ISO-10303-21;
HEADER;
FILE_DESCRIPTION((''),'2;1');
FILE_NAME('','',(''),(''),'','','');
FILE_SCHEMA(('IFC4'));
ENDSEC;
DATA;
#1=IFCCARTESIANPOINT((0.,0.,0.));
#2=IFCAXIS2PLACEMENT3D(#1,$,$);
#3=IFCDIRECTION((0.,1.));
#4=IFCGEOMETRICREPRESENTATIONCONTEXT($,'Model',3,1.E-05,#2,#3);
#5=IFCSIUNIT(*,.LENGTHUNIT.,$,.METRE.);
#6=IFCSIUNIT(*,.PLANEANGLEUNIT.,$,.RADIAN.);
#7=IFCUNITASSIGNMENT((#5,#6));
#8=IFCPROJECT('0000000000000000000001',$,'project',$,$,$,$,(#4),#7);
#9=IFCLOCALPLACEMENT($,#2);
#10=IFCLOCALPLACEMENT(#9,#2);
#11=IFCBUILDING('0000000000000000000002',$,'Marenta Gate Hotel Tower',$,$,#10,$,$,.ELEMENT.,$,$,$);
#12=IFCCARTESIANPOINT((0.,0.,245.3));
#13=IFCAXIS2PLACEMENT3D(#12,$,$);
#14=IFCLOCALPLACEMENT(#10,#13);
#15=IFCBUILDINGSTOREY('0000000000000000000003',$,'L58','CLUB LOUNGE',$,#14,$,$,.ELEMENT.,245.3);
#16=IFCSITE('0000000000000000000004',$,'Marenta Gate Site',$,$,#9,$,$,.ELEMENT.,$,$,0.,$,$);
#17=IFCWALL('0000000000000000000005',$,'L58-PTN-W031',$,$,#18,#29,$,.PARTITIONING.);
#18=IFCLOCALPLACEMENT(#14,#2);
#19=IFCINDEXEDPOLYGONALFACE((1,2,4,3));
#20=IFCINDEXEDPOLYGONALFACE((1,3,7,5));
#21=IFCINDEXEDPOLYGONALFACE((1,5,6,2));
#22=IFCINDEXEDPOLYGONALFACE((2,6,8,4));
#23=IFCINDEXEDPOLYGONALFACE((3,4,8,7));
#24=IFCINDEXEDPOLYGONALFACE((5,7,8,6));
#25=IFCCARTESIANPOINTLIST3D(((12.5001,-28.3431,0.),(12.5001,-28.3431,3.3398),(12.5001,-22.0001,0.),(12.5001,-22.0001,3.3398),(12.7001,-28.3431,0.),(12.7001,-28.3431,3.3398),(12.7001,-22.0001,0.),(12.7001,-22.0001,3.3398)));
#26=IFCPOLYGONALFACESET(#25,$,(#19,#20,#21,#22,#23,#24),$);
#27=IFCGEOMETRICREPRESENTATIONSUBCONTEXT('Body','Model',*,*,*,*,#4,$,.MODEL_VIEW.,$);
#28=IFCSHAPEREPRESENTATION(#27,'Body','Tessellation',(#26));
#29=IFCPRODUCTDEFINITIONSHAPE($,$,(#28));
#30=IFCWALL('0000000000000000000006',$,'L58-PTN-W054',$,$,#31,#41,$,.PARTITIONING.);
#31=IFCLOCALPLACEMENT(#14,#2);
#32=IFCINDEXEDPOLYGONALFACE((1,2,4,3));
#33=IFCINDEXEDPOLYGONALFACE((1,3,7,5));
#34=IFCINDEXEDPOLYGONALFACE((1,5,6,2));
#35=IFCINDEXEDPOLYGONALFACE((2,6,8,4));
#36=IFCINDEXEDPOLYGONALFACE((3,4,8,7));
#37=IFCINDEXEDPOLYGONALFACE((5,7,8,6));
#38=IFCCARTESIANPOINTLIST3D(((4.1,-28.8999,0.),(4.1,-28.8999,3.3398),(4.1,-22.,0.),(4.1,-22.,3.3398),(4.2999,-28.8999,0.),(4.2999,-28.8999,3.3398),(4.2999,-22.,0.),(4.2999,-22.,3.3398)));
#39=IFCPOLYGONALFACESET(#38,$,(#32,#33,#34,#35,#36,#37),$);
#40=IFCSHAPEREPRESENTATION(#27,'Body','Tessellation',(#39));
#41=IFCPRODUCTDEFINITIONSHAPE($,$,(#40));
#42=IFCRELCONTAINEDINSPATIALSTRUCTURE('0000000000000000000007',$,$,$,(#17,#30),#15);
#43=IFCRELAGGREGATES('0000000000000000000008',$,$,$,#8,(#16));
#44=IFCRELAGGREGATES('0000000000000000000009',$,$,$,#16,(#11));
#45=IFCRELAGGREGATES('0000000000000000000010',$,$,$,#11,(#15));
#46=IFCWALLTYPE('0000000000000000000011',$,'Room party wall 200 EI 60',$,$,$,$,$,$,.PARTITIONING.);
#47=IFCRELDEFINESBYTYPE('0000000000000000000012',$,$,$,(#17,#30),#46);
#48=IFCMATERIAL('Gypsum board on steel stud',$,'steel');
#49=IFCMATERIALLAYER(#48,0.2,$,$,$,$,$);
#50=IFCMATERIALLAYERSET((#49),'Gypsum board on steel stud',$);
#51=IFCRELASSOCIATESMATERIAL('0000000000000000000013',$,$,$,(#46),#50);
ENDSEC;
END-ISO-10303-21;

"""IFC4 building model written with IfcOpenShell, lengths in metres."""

from ifc_helpers import new_model, si_unit, direction, frame, frame_2d, origin, place, context, subcontext, project, spatial, rectangle, extrude, material, layer, layer_set, type_object, element, save


model = new_model("IFC4")

# Units and contexts
model_context = context("Model", 3, precision=1e-05, world=origin(), true_north=direction((0.0, 1.0)))
body_context = subcontext(model_context, "Body", "Model", "MODEL_VIEW")
ifc_project = project(units=[si_unit("LENGTHUNIT", "METRE"), si_unit("PLANEANGLEUNIT", "RADIAN")], contexts=[model_context])

# Site, building, storey
site_placement = place(None, origin())
site = spatial("IfcSite", under=ifc_project, at=site_placement, Name="Marenta Gate Site", CompositionType="ELEMENT", RefElevation=0.0)
building_placement = place(site_placement, origin())
building = spatial("IfcBuilding", under=site, at=building_placement, Name="Marenta Gate Hotel Tower", CompositionType="ELEMENT")
storey_placement = place(building_placement, frame((0.0, 0.0, 245.3)))
storey = spatial("IfcBuildingStorey", under=building, at=storey_placement, Name="L58", Description="CLUB LOUNGE", CompositionType="ELEMENT", Elevation=245.3)

# Walls
ifc_material_1 = material(Name="Gypsum board on steel stud", Category="steel")
ifc_layer_1 = layer(ifc_material_1, 0.2)
ifc_layer_set_1 = layer_set([ifc_layer_1], Name="Gypsum board on steel stud")
wall_type_1 = type_object("IfcWallType", Name="Room party wall 200 EI 60", PredefinedType="PARTITIONING", material=ifc_layer_set_1)
wall_1_placement = place(storey_placement, frame((12.6001, -28.343, 0.0), z_axis=(0.0, 0.0, 1.0), x_axis=(0.0, 1.0, 0.0)))
element("IfcWall", 1, at=wall_1_placement, inside=storey, type_object=wall_type_1, Name="L58-PTN-W031", PredefinedType="PARTITIONING", context=body_context, shape_type="SweptSolid", body=[
    extrude(rectangle(XDim=6.343, YDim=0.2, at=frame_2d((3.1714, 0.0))), origin(), (0.0, 0.0, 1.0), 3.3398),
])
wall_2_placement = place(storey_placement, frame((4.2, -28.8999, 0.0), z_axis=(0.0, 0.0, 1.0), x_axis=(0.0, 1.0, 0.0)))
element("IfcWall", 2, at=wall_2_placement, inside=storey, type_object=wall_type_1, Name="L58-PTN-W054", PredefinedType="PARTITIONING", context=body_context, shape_type="SweptSolid", body=[
    extrude(rectangle(XDim=6.8999, YDim=0.2, at=frame_2d((3.45, 0.0))), origin(), (0.0, 0.0, 1.0), 3.3398),
])

save(model, "model.ifc")
